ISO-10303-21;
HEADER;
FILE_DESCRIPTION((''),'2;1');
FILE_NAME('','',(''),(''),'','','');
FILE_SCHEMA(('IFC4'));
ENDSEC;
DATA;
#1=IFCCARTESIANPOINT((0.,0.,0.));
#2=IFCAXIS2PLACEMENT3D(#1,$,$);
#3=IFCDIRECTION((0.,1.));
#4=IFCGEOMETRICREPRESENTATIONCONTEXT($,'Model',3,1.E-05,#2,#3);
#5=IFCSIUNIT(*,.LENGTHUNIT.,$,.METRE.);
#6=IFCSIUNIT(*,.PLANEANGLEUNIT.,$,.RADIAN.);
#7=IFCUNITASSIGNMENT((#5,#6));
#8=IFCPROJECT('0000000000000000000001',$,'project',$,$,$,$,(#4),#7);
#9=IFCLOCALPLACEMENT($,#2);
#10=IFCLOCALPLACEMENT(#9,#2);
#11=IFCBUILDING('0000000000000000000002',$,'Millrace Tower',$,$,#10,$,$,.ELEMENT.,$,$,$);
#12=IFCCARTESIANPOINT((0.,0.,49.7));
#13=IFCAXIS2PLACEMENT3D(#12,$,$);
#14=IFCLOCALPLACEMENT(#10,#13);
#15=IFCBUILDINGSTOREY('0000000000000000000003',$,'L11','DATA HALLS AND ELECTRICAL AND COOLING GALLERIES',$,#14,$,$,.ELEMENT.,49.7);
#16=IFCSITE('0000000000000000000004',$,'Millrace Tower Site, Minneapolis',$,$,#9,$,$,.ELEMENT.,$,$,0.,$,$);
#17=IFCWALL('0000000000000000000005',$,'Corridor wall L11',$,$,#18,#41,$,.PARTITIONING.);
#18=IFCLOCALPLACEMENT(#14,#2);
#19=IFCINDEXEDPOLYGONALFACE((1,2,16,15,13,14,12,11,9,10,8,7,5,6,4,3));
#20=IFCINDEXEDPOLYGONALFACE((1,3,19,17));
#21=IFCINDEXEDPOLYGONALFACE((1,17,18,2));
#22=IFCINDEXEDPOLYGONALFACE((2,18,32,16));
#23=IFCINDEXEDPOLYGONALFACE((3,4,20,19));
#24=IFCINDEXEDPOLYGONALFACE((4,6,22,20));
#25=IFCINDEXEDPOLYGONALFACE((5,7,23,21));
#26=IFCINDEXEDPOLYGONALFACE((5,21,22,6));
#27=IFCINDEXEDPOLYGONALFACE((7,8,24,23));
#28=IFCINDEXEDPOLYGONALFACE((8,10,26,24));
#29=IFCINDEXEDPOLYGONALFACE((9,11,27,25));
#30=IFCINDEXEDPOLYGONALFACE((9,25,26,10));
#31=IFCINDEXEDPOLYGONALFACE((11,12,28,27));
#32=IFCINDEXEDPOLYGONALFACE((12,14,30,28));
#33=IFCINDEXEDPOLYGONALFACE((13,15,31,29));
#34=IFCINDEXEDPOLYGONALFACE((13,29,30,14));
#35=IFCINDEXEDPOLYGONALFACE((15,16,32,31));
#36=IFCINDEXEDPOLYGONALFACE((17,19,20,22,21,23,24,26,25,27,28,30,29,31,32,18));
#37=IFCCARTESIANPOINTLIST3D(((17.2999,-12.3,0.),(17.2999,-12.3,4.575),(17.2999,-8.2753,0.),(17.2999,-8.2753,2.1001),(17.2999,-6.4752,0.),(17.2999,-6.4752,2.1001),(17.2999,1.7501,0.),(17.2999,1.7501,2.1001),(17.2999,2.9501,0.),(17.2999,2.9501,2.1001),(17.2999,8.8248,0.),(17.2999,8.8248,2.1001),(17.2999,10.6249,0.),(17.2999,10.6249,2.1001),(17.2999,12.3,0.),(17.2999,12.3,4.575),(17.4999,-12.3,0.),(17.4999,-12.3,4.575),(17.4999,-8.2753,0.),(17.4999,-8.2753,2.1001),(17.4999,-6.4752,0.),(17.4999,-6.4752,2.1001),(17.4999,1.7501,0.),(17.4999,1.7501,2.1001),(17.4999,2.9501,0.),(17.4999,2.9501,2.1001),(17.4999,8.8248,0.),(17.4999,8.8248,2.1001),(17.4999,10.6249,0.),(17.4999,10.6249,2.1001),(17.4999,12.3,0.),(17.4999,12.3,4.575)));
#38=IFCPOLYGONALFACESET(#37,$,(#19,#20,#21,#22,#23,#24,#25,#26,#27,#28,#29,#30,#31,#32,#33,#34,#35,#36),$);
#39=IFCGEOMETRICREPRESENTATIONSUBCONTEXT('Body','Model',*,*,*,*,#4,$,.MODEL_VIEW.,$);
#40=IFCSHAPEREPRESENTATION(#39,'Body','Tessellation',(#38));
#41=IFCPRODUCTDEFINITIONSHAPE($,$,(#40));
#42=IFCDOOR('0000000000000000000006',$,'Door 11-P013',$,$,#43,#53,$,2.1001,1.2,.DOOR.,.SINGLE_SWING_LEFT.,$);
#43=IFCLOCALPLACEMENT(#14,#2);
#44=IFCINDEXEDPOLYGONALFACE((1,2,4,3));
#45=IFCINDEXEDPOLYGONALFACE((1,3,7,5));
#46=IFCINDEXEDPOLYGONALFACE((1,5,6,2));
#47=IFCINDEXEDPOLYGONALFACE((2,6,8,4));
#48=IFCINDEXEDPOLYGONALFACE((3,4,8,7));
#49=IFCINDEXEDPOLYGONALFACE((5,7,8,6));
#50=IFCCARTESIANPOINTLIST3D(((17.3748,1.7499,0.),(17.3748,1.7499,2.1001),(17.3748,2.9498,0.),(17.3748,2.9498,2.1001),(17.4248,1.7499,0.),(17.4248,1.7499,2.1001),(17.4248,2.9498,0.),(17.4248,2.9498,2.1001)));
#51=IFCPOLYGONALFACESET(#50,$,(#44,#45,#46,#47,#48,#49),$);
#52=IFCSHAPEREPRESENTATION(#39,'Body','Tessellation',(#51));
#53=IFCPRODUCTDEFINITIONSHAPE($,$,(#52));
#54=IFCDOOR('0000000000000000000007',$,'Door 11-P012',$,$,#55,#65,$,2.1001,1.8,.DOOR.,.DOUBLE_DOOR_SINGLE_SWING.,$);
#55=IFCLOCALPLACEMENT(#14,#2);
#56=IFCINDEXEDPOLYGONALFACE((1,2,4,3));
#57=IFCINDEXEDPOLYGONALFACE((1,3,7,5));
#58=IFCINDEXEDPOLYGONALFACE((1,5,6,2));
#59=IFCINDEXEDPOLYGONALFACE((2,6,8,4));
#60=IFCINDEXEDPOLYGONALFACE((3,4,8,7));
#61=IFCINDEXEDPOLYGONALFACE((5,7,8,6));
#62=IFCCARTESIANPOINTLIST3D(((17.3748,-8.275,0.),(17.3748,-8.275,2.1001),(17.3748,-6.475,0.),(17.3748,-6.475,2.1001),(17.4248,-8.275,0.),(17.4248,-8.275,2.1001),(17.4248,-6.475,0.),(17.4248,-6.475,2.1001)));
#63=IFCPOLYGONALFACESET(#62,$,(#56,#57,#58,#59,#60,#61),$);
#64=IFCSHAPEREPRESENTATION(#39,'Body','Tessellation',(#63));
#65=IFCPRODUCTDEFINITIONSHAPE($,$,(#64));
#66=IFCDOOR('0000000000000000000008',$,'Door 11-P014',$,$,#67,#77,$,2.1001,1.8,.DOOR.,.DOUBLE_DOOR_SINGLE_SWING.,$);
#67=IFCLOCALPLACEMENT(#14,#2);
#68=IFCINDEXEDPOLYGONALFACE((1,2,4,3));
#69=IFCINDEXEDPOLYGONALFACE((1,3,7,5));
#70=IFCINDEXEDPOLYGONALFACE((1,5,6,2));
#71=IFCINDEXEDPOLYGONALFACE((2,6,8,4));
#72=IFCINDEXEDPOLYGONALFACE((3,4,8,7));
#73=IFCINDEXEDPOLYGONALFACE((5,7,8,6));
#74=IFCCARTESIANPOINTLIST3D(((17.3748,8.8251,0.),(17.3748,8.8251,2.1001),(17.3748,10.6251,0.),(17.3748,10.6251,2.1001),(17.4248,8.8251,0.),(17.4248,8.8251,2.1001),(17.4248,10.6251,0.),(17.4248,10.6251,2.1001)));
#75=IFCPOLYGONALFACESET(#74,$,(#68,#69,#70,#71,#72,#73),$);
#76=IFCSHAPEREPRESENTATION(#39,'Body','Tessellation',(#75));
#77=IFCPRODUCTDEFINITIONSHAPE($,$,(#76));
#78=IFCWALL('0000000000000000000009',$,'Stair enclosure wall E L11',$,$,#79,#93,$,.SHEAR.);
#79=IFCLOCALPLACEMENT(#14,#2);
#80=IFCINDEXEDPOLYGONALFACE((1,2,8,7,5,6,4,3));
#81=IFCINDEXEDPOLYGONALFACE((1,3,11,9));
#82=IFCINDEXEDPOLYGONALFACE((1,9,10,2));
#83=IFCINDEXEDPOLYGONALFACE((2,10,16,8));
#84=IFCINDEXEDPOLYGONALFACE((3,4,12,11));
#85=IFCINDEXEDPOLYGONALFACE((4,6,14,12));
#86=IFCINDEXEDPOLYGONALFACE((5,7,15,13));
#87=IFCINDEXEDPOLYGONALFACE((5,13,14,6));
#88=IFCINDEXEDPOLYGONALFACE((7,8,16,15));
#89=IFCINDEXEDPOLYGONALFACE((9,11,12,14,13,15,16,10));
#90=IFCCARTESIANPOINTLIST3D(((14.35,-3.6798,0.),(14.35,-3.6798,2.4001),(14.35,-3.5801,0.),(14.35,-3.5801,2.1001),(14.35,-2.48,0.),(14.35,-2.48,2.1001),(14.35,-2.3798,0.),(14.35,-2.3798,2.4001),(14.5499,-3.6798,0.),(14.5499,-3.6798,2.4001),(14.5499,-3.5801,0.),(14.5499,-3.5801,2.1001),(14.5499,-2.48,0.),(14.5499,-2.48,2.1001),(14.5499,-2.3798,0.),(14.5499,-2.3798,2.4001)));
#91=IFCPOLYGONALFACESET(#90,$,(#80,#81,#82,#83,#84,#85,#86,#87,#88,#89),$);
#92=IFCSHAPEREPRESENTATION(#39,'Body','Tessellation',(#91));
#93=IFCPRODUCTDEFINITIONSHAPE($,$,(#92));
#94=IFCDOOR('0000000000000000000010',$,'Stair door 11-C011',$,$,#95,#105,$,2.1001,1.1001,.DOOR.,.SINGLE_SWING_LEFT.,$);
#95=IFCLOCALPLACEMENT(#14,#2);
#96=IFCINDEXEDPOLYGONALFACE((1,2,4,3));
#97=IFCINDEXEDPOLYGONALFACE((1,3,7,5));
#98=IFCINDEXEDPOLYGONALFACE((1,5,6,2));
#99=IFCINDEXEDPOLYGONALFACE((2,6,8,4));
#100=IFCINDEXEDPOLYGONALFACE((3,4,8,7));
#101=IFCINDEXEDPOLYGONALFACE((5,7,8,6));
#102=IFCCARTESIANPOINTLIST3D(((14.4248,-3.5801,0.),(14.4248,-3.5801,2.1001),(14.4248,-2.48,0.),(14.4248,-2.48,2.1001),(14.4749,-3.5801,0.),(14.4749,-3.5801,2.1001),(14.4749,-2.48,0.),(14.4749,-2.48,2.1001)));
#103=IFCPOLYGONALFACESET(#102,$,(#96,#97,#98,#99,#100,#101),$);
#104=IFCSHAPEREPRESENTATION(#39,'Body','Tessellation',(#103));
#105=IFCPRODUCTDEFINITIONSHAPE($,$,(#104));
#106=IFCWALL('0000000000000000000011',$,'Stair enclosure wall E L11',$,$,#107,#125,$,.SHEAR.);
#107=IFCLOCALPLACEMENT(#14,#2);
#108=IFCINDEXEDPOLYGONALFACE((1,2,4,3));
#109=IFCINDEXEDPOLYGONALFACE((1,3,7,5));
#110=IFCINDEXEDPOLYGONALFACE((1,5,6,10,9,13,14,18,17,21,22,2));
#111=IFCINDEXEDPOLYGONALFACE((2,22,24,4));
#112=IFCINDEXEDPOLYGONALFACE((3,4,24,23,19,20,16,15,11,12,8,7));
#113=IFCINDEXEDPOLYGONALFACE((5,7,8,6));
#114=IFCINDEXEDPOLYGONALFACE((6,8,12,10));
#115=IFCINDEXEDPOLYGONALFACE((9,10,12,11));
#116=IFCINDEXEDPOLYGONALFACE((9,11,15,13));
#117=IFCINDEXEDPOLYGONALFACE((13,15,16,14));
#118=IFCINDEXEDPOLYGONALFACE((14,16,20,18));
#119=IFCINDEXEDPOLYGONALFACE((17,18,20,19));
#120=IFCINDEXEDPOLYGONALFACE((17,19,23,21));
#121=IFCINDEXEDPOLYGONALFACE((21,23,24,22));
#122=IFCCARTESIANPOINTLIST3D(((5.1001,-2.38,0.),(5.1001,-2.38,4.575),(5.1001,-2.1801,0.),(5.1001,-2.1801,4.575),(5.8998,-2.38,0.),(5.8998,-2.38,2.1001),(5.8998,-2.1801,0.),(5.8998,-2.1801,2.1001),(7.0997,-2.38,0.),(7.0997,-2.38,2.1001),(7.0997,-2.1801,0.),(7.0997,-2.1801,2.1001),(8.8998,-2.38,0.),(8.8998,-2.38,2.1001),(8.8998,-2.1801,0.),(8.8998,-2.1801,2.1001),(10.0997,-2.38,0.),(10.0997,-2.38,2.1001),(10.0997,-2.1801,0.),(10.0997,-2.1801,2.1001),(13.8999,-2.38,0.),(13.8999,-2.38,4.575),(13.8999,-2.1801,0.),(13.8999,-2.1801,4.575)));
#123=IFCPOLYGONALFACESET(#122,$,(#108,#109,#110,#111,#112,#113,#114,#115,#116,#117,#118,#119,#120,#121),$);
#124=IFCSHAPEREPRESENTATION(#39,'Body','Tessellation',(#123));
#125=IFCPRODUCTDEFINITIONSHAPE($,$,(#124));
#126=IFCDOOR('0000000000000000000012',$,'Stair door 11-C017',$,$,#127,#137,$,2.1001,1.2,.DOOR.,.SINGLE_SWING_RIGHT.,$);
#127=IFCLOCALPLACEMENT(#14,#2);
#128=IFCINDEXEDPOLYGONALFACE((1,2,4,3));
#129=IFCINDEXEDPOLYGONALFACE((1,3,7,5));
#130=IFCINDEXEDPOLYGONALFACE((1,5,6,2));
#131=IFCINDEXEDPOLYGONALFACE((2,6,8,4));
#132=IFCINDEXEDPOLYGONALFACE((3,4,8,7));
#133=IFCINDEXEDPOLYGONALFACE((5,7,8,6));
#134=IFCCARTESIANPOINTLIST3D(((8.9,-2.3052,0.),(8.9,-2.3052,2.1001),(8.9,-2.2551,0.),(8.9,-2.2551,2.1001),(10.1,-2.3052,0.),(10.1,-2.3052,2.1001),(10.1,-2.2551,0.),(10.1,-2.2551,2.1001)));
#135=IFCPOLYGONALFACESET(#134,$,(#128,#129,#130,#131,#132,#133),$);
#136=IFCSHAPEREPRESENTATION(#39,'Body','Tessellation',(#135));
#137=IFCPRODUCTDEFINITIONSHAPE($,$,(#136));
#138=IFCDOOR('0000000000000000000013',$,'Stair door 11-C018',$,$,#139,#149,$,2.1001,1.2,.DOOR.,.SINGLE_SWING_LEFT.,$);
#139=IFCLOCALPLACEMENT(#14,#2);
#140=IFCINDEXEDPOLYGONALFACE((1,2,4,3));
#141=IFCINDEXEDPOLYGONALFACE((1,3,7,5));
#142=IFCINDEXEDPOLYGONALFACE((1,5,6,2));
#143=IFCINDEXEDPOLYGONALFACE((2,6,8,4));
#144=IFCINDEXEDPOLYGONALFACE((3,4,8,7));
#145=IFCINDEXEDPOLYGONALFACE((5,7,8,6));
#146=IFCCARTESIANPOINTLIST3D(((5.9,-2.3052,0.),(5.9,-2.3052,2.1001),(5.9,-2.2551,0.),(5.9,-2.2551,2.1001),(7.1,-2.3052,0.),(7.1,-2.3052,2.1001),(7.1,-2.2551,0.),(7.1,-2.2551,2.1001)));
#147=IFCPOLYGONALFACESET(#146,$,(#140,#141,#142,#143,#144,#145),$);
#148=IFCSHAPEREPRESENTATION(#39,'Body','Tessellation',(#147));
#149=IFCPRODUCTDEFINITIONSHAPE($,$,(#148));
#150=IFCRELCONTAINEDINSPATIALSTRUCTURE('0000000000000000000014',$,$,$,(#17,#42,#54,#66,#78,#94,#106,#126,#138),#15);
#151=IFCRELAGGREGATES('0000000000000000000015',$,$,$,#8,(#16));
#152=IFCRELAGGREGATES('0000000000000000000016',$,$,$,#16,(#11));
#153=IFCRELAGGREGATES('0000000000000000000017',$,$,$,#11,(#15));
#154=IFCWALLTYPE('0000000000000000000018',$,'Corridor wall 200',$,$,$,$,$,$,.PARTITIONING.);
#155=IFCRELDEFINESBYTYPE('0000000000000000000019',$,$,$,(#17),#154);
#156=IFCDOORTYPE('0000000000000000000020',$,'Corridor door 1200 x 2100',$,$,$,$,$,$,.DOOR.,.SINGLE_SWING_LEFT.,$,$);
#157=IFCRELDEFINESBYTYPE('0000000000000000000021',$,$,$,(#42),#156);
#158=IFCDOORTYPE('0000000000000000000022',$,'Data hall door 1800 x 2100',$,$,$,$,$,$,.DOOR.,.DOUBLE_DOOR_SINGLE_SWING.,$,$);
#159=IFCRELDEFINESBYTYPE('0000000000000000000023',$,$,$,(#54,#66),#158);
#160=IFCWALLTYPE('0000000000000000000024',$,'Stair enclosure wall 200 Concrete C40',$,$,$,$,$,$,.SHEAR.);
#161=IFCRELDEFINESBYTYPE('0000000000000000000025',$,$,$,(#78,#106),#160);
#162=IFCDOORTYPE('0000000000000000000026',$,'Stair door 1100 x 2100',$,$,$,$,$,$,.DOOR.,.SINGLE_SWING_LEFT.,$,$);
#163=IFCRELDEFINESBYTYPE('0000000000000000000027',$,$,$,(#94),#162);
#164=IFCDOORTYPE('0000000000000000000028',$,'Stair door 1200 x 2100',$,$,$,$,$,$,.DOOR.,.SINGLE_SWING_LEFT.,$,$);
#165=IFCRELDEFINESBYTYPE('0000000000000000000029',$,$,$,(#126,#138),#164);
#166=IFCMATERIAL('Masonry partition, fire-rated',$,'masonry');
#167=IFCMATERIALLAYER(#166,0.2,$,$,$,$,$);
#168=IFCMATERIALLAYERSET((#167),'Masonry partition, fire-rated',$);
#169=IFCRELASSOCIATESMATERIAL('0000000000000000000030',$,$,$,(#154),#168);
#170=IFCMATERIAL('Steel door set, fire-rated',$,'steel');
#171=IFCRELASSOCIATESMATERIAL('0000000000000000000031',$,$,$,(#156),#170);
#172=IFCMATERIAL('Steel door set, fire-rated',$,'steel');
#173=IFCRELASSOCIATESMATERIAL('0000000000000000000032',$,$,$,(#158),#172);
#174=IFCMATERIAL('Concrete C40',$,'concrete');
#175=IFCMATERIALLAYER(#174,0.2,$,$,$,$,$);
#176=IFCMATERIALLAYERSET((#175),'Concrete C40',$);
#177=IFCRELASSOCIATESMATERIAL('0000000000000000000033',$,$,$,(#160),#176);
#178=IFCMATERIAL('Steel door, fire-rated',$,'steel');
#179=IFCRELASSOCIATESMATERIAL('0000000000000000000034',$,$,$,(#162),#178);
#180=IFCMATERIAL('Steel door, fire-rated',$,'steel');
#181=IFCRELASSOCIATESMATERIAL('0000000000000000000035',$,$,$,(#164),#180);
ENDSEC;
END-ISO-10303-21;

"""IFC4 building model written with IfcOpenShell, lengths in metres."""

from ifc_helpers import new_model, si_unit, direction, frame, frame_2d, origin, place, context, subcontext, project, spatial, rectangle, extrude, material, layer, layer_set, type_object, element, fill, save


model = new_model("IFC4")

# Units and contexts
model_context = context("Model", 3, precision=1e-05, world=origin(), true_north=direction((0.0, 1.0)))
body_context = subcontext(model_context, "Body", "Model", "MODEL_VIEW")
ifc_project = project(units=[si_unit("LENGTHUNIT", "METRE"), si_unit("PLANEANGLEUNIT", "RADIAN")], contexts=[model_context])

# Site, building, storey
site_placement = place(None, origin())
site = spatial("IfcSite", under=ifc_project, at=site_placement, Name="Millrace Tower Site, Minneapolis", CompositionType="ELEMENT", RefElevation=0.0)
building_placement = place(site_placement, origin())
building = spatial("IfcBuilding", under=site, at=building_placement, Name="Millrace Tower", CompositionType="ELEMENT")
storey_placement = place(building_placement, frame((0.0, 0.0, 49.7)))
storey = spatial("IfcBuildingStorey", under=building, at=storey_placement, Name="L11", Description="DATA HALLS AND ELECTRICAL AND COOLING GALLERIES", CompositionType="ELEMENT", Elevation=49.7)

# Shared definitions
ifc_material_1 = material(Name="Masonry partition, fire-rated", Category="masonry")
ifc_layer_1 = layer(ifc_material_1, 0.2)
ifc_layer_set_1 = layer_set([ifc_layer_1], Name="Masonry partition, fire-rated")
wall_type_1 = type_object("IfcWallType", Name="Corridor wall 200", PredefinedType="PARTITIONING", material=ifc_layer_set_1)

# Wall, openings, doors
wall_1_placement = place(storey_placement, frame((17.3999, -12.3, 0.0), z_axis=(0.0, 0.0, 1.0), x_axis=(0.0, 1.0, 0.0)))
wall_1 = element("IfcWall", 1, at=wall_1_placement, inside=storey, type_object=wall_type_1, Name="Corridor wall L11", PredefinedType="PARTITIONING", context=body_context, shape_type="SweptSolid", body=[
    extrude(rectangle(XDim=24.6001, YDim=0.2, at=frame_2d((12.3, 0.0))), origin(), (0.0, 0.0, 1.0), 4.575),
])
opening_1_placement = place(wall_1_placement, frame((4.0249, 0.0, 0.0)))
opening_1 = element("IfcOpeningElement", 2, at=opening_1_placement, cuts=wall_1, PredefinedType="OPENING", context=body_context, shape_type="SweptSolid", body=[
    extrude(rectangle(XDim=1.8, YDim=2.1001, at=frame_2d((0.8999, 1.05))), frame((0.0, 0.1099, 0.0), z_axis=(0.0, -1.0, 0.0), x_axis=(1.0, 0.0, 0.0)), (0.0, 0.0, 1.0), 0.22),
])
opening_2_placement = place(wall_1_placement, frame((14.05, 0.0, 0.0)))
opening_2 = element("IfcOpeningElement", 3, at=opening_2_placement, cuts=wall_1, PredefinedType="OPENING", context=body_context, shape_type="SweptSolid", body=[
    extrude(rectangle(XDim=1.2, YDim=2.1001, at=frame_2d((0.6001, 1.05))), frame((0.0, 0.1099, 0.0), z_axis=(0.0, -1.0, 0.0), x_axis=(1.0, 0.0, 0.0)), (0.0, 0.0, 1.0), 0.22),
])
opening_3_placement = place(wall_1_placement, frame((21.125, 0.0, 0.0)))
opening_3 = element("IfcOpeningElement", 4, at=opening_3_placement, cuts=wall_1, PredefinedType="OPENING", context=body_context, shape_type="SweptSolid", body=[
    extrude(rectangle(XDim=1.8, YDim=2.1001, at=frame_2d((0.8999, 1.05))), frame((0.0, 0.1099, 0.0), z_axis=(0.0, -1.0, 0.0), x_axis=(1.0, 0.0, 0.0)), (0.0, 0.0, 1.0), 0.22),
])
ifc_material_2 = material(Name="Steel door set, fire-rated", Category="steel")
door_type_1 = type_object("IfcDoorType", Name="Corridor door 1200 x 2100", OperationType="SINGLE_SWING_LEFT", PredefinedType="DOOR", material=ifc_material_2)
door_1_placement = place(opening_2_placement, frame((1.2, 0.0, 0.0), z_axis=(0.0, 0.0, 1.0), x_axis=(-1.0, 0.0, 0.0)))
door_1 = element("IfcDoor", 5, at=door_1_placement, inside=storey, type_object=door_type_1, Name="Door 11-P013", OperationType="SINGLE_SWING_LEFT", OverallHeight=2.1001, OverallWidth=1.2, PredefinedType="DOOR", context=body_context, shape_type="SweptSolid", body=[
    extrude(rectangle(XDim=1.2, YDim=2.1001, at=frame_2d((0.6001, 1.05))), frame((0.0, 0.0249, 0.0), z_axis=(0.0, -1.0, 0.0), x_axis=(1.0, 0.0, 0.0)), (0.0, 0.0, 1.0), 0.05),
])
fill(opening_2, door_1)
ifc_material_3 = material(Name="Steel door set, fire-rated", Category="steel")
door_type_2 = type_object("IfcDoorType", Name="Data hall door 1800 x 2100", OperationType="DOUBLE_DOOR_SINGLE_SWING", PredefinedType="DOOR", material=ifc_material_3)
door_2_placement = place(opening_1_placement, frame((1.8, 0.0, 0.0), z_axis=(0.0, 0.0, 1.0), x_axis=(-1.0, 0.0, 0.0)))
door_2 = element("IfcDoor", 6, at=door_2_placement, inside=storey, type_object=door_type_2, Name="Door 11-P012", OperationType="DOUBLE_DOOR_SINGLE_SWING", OverallHeight=2.1001, OverallWidth=1.8, PredefinedType="DOOR", context=body_context, shape_type="SweptSolid", body=[
    extrude(rectangle(XDim=1.8, YDim=2.1001, at=frame_2d((0.8999, 1.05))), frame((0.0, 0.0249, 0.0), z_axis=(0.0, -1.0, 0.0), x_axis=(1.0, 0.0, 0.0)), (0.0, 0.0, 1.0), 0.05),
])
fill(opening_1, door_2)
door_3_placement = place(opening_3_placement, frame((1.8, 0.0, 0.0), z_axis=(0.0, 0.0, 1.0), x_axis=(-1.0, 0.0, 0.0)))
door_3 = element("IfcDoor", 7, at=door_3_placement, inside=storey, type_object=door_type_2, Name="Door 11-P014", OperationType="DOUBLE_DOOR_SINGLE_SWING", OverallHeight=2.1001, OverallWidth=1.8, PredefinedType="DOOR", context=body_context, shape_type="SweptSolid", body=[
    extrude(rectangle(XDim=1.8, YDim=2.1001, at=frame_2d((0.8999, 1.05))), frame((0.0, 0.0249, 0.0), z_axis=(0.0, -1.0, 0.0), x_axis=(1.0, 0.0, 0.0)), (0.0, 0.0, 1.0), 0.05),
])
fill(opening_3, door_3)

# Wall, opening, door
ifc_material_4 = material(Name="Concrete C40", Category="concrete")
ifc_layer_2 = layer(ifc_material_4, 0.2)
ifc_layer_set_2 = layer_set([ifc_layer_2], Name="Concrete C40")
wall_type_2 = type_object("IfcWallType", Name="Stair enclosure wall 200 Concrete C40", PredefinedType="SHEAR", material=ifc_layer_set_2)
wall_2_placement = place(storey_placement, frame((14.45, -2.3799, 0.0), z_axis=(0.0, 0.0, 1.0), x_axis=(0.0, -1.0, 0.0)))
wall_2 = element("IfcWall", 8, at=wall_2_placement, inside=storey, type_object=wall_type_2, Name="Stair enclosure wall E L11", PredefinedType="SHEAR", context=body_context, shape_type="SweptSolid", body=[
    extrude(rectangle(XDim=1.3, YDim=0.2, at=frame_2d((0.6499, 0.0))), origin(), (0.0, 0.0, 1.0), 2.4001),
])
opening_4_placement = place(wall_2_placement, frame((0.1001, 0.0, 0.0)))
opening_4 = element("IfcOpeningElement", 9, at=opening_4_placement, cuts=wall_2, PredefinedType="OPENING", context=body_context, shape_type="SweptSolid", body=[
    extrude(rectangle(XDim=1.1001, YDim=2.1001, at=frame_2d((0.55, 1.05))), frame((0.0, 0.1099, 0.0), z_axis=(0.0, -1.0, 0.0), x_axis=(1.0, 0.0, 0.0)), (0.0, 0.0, 1.0), 0.22),
])
ifc_material_5 = material(Name="Steel door, fire-rated", Category="steel")
door_type_3 = type_object("IfcDoorType", Name="Stair door 1100 x 2100", OperationType="SINGLE_SWING_LEFT", PredefinedType="DOOR", material=ifc_material_5)
door_4_placement = place(opening_4_placement, origin())
door_4 = element("IfcDoor", 10, at=door_4_placement, inside=storey, type_object=door_type_3, Name="Stair door 11-C011", OperationType="SINGLE_SWING_LEFT", OverallHeight=2.1001, OverallWidth=1.1001, PredefinedType="DOOR", context=body_context, shape_type="SweptSolid", body=[
    extrude(rectangle(XDim=1.1001, YDim=2.1001, at=frame_2d((0.55, 1.05))), frame((0.0, 0.0249, 0.0), z_axis=(0.0, -1.0, 0.0), x_axis=(1.0, 0.0, 0.0)), (0.0, 0.0, 1.0), 0.05),
])
fill(opening_4, door_4)

# Wall, openings, doors
wall_3_placement = place(storey_placement, frame((13.8999, -2.28, 0.0), z_axis=(0.0, 0.0, 1.0), x_axis=(-1.0, 0.0, 0.0)))
wall_3 = element("IfcWall", 11, at=wall_3_placement, inside=storey, type_object=wall_type_2, Name="Stair enclosure wall E L11", PredefinedType="SHEAR", context=body_context, shape_type="SweptSolid", body=[
    extrude(rectangle(XDim=8.7998, YDim=0.2, at=frame_2d((4.3999, 0.0))), origin(), (0.0, 0.0, 1.0), 4.575),
])
opening_5_placement = place(wall_3_placement, frame((3.8, 0.0, 0.0)))
opening_5 = element("IfcOpeningElement", 12, at=opening_5_placement, cuts=wall_3, PredefinedType="OPENING", context=body_context, shape_type="SweptSolid", body=[
    extrude(rectangle(XDim=1.2, YDim=2.1001, at=frame_2d((0.6001, 1.05))), frame((0.0, 0.1099, 0.0), z_axis=(0.0, -1.0, 0.0), x_axis=(1.0, 0.0, 0.0)), (0.0, 0.0, 1.0), 0.22),
])
opening_6_placement = place(wall_3_placement, frame((6.8, 0.0, 0.0)))
opening_6 = element("IfcOpeningElement", 13, at=opening_6_placement, cuts=wall_3, PredefinedType="OPENING", context=body_context, shape_type="SweptSolid", body=[
    extrude(rectangle(XDim=1.2, YDim=2.1001, at=frame_2d((0.6001, 1.05))), frame((0.0, 0.1099, 0.0), z_axis=(0.0, -1.0, 0.0), x_axis=(1.0, 0.0, 0.0)), (0.0, 0.0, 1.0), 0.22),
])
ifc_material_6 = material(Name="Steel door, fire-rated", Category="steel")
door_type_4 = type_object("IfcDoorType", Name="Stair door 1200 x 2100", OperationType="SINGLE_SWING_LEFT", PredefinedType="DOOR", material=ifc_material_6)
door_5_placement = place(opening_5_placement, frame((1.2, 0.0, 0.0), z_axis=(0.0, 0.0, 1.0), x_axis=(-1.0, 0.0, 0.0)))
door_5 = element("IfcDoor", 14, at=door_5_placement, inside=storey, type_object=door_type_4, Name="Stair door 11-C017", OperationType="SINGLE_SWING_RIGHT", OverallHeight=2.1001, OverallWidth=1.2, PredefinedType="DOOR", context=body_context, shape_type="SweptSolid", body=[
    extrude(rectangle(XDim=1.2, YDim=2.1001, at=frame_2d((0.6001, 1.05))), frame((0.0, 0.0249, 0.0), z_axis=(0.0, -1.0, 0.0), x_axis=(1.0, 0.0, 0.0)), (0.0, 0.0, 1.0), 0.05),
])
fill(opening_5, door_5)
door_6_placement = place(opening_6_placement, frame((1.2, 0.0, 0.0), z_axis=(0.0, 0.0, 1.0), x_axis=(-1.0, 0.0, 0.0)))
door_6 = element("IfcDoor", 15, at=door_6_placement, inside=storey, type_object=door_type_4, Name="Stair door 11-C018", OperationType="SINGLE_SWING_LEFT", OverallHeight=2.1001, OverallWidth=1.2, PredefinedType="DOOR", context=body_context, shape_type="SweptSolid", body=[
    extrude(rectangle(XDim=1.2, YDim=2.1001, at=frame_2d((0.6001, 1.05))), frame((0.0, 0.0249, 0.0), z_axis=(0.0, -1.0, 0.0), x_axis=(1.0, 0.0, 0.0)), (0.0, 0.0, 1.0), 0.05),
])
fill(opening_6, door_6)

save(model, "model.ifc")
